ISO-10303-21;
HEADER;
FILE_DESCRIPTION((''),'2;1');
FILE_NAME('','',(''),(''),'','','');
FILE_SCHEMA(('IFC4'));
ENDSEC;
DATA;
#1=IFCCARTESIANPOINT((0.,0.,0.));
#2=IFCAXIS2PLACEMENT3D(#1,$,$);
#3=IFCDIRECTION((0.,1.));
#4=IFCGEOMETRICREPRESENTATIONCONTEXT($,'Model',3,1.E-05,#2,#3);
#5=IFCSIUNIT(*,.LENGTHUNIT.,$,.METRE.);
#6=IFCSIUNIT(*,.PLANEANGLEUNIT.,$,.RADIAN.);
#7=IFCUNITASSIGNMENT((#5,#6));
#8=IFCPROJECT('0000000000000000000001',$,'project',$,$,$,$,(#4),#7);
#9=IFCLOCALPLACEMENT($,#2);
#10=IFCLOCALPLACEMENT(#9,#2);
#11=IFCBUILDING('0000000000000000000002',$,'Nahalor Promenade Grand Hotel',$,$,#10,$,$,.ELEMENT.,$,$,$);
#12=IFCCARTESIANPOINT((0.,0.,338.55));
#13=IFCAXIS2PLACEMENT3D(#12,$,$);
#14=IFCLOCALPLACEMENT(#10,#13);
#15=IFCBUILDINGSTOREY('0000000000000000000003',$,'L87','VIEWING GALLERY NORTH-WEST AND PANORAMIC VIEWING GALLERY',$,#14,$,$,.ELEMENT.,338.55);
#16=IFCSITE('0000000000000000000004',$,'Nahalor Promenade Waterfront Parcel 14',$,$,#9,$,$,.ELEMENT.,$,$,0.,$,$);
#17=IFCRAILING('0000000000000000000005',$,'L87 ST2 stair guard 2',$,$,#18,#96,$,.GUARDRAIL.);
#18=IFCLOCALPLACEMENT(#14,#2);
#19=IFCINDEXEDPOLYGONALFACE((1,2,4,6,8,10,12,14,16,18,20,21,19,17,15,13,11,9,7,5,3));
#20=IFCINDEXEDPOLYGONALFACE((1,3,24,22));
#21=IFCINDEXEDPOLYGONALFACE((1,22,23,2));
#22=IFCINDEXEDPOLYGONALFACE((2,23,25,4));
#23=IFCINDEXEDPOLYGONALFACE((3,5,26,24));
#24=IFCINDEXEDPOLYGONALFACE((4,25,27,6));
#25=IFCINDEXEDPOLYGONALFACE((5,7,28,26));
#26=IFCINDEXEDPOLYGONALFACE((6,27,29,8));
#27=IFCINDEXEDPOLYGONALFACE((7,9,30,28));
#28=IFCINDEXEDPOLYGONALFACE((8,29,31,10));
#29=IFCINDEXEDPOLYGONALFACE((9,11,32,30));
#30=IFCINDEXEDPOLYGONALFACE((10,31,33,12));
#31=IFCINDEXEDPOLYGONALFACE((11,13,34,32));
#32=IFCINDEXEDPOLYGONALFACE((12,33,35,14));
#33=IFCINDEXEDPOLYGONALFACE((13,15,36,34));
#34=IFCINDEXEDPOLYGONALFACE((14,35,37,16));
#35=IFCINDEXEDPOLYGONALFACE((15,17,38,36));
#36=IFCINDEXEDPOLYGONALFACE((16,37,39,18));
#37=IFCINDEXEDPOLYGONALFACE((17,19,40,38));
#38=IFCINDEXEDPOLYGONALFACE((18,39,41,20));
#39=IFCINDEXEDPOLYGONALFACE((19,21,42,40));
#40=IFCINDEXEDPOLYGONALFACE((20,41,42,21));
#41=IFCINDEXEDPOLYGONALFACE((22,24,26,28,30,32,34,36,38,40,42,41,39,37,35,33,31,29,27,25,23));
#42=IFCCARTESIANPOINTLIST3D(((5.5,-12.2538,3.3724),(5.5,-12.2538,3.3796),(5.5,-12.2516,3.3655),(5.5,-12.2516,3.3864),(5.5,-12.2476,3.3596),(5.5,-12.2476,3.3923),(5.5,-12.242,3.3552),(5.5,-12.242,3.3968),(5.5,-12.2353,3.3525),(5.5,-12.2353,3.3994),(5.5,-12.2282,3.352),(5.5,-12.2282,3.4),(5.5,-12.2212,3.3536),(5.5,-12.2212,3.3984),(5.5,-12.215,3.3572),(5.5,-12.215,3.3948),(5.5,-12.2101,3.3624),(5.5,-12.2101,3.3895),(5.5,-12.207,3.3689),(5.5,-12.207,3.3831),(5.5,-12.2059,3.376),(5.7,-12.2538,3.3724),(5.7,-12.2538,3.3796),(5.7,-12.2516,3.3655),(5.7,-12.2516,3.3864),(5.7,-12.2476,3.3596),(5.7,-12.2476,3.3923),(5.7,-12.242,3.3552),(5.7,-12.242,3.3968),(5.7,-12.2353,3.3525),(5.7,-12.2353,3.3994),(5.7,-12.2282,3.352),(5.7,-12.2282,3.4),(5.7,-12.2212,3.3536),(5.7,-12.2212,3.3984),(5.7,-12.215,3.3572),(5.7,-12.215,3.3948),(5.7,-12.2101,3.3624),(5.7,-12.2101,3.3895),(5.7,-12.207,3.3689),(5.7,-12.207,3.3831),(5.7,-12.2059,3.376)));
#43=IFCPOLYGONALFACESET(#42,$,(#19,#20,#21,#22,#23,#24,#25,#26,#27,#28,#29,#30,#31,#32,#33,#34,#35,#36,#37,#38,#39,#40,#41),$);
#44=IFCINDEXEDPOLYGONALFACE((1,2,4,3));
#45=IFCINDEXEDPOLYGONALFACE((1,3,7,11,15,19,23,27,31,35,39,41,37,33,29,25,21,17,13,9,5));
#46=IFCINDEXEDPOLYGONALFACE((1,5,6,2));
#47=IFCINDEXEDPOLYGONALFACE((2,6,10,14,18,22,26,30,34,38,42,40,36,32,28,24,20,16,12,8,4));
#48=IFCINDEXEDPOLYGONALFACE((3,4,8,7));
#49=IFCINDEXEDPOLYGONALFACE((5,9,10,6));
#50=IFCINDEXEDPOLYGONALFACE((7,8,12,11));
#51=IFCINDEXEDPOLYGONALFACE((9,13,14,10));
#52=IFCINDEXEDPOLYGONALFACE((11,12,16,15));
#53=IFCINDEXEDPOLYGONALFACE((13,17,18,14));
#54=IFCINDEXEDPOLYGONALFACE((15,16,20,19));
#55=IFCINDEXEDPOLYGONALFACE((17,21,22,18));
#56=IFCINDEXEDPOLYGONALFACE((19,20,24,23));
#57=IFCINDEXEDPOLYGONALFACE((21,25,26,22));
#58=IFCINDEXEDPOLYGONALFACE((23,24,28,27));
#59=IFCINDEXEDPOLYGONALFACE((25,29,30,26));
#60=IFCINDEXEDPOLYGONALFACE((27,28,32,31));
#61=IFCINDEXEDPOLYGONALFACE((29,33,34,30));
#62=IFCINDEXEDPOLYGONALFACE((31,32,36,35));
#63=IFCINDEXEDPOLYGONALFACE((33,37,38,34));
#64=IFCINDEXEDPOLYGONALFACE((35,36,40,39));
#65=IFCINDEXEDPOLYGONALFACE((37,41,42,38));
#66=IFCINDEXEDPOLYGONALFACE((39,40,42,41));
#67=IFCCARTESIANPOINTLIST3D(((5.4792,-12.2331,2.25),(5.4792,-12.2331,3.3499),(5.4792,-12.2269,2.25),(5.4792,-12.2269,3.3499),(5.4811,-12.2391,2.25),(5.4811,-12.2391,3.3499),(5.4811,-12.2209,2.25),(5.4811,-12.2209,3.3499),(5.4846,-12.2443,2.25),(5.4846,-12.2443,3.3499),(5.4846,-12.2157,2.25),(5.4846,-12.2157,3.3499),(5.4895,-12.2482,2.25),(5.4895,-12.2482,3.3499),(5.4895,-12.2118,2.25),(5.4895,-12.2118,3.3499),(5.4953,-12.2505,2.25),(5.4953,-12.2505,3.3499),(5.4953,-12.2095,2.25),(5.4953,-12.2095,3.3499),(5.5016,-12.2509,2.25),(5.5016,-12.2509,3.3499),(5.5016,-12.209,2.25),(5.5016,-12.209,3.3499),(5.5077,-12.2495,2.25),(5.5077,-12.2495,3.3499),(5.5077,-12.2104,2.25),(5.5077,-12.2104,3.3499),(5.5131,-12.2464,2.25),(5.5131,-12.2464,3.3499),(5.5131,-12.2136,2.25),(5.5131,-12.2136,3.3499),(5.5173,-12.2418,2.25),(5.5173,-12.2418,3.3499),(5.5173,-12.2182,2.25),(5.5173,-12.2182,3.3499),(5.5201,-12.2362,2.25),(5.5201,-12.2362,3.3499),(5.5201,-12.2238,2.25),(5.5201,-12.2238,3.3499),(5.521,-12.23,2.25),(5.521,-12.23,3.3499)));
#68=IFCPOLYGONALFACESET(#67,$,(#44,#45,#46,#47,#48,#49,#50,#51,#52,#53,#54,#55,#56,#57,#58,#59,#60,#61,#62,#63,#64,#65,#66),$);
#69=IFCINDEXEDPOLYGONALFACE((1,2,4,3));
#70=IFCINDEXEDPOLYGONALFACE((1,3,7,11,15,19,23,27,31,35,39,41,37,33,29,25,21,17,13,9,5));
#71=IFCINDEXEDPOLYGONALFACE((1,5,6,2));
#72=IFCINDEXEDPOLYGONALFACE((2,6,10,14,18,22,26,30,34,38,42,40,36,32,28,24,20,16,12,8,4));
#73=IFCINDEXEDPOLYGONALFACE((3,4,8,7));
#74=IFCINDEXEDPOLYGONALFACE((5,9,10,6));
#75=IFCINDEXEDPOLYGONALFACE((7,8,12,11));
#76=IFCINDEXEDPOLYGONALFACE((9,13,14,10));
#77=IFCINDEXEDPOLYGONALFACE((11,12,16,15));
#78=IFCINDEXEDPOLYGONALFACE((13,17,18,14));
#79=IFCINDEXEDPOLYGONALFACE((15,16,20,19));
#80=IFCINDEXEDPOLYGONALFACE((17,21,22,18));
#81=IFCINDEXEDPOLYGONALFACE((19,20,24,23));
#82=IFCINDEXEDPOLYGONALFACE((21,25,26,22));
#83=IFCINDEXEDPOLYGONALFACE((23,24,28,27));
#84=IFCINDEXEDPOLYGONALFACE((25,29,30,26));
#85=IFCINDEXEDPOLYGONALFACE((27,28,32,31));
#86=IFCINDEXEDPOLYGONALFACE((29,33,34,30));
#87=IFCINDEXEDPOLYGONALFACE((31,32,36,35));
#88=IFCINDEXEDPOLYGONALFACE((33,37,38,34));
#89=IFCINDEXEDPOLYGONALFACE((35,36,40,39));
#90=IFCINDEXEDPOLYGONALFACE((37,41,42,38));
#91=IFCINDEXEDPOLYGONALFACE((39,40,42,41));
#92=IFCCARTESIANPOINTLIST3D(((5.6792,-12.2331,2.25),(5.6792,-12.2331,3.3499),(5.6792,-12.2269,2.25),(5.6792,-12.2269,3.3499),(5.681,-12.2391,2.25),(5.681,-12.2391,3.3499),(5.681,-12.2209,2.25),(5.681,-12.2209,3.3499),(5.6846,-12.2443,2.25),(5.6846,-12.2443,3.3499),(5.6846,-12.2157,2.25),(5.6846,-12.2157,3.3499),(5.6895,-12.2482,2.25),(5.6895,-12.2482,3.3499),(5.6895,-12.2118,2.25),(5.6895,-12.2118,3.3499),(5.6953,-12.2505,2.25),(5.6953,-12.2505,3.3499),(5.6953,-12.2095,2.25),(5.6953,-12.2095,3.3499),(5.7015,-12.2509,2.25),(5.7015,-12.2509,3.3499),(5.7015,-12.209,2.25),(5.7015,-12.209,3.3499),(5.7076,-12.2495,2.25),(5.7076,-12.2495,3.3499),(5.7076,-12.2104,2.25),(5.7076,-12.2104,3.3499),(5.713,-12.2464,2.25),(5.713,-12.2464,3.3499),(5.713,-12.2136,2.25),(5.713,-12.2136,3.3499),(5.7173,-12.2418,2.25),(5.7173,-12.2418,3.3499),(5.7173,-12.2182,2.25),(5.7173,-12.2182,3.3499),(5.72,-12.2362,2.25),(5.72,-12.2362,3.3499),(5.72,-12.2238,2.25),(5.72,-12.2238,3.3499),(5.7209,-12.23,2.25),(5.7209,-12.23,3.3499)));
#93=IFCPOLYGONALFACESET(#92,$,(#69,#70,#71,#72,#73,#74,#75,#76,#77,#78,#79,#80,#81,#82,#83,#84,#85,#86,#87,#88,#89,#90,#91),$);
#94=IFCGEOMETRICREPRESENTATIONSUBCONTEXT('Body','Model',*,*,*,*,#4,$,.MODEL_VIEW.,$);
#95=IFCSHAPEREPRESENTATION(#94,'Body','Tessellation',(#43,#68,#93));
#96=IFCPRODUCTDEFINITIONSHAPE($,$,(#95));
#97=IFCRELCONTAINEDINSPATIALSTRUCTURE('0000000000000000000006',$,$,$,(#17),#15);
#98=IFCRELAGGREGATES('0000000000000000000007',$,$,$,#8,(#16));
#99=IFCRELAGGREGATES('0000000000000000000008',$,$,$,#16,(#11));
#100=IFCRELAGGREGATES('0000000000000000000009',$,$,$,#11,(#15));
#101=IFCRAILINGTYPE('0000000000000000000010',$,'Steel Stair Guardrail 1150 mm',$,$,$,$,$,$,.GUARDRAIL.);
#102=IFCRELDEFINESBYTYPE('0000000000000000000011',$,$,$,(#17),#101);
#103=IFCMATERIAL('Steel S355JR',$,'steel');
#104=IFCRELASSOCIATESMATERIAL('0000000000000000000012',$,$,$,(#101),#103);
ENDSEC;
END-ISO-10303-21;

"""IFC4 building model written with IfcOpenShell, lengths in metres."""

from ifc_helpers import new_model, si_unit, direction, frame, origin, origin_2d, place, context, subcontext, project, spatial, circle, extrude, material, type_object, element, save


model = new_model("IFC4")

# Units and contexts
model_context = context("Model", 3, precision=1e-05, world=origin(), true_north=direction((0.0, 1.0)))
body_context = subcontext(model_context, "Body", "Model", "MODEL_VIEW")
ifc_project = project(units=[si_unit("LENGTHUNIT", "METRE"), si_unit("PLANEANGLEUNIT", "RADIAN")], contexts=[model_context])

# Site, building, storey
site_placement = place(None, origin())
site = spatial("IfcSite", under=ifc_project, at=site_placement, Name="Nahalor Promenade Waterfront Parcel 14", CompositionType="ELEMENT", RefElevation=0.0)
building_placement = place(site_placement, origin())
building = spatial("IfcBuilding", under=site, at=building_placement, Name="Nahalor Promenade Grand Hotel", CompositionType="ELEMENT")
storey_placement = place(building_placement, frame((0.0, 0.0, 338.55)))
storey = spatial("IfcBuildingStorey", under=building, at=storey_placement, Name="L87", Description="VIEWING GALLERY NORTH-WEST AND PANORAMIC VIEWING GALLERY", CompositionType="ELEMENT", Elevation=338.55)

# Shared definitions
ifc_material_1 = material(Name="Steel S355JR", Category="steel")

# Railing
railing_type_1 = type_object("IfcRailingType", Name="Steel Stair Guardrail 1150 mm", PredefinedType="GUARDRAIL", material=ifc_material_1)
railing_1_placement = place(storey_placement, frame((5.5, -12.23, 2.25)))
element("IfcRailing", 1, at=railing_1_placement, inside=storey, type_object=railing_type_1, Name="L87 ST2 stair guard 2", PredefinedType="GUARDRAIL", context=body_context, shape_type="SweptSolid", body=[
    extrude(circle(Radius=0.024, at=origin_2d()), frame((0.0, 0.0, 1.126), z_axis=(1.0, 0.0, 0.0), x_axis=(0.0, 1.0, 0.0)), (0.0, 0.0, 1.0), 0.2),
    extrude(circle(Radius=0.021, at=origin_2d()), origin(), (0.0, 0.0, 1.0), 1.0999),
    extrude(circle(Radius=0.021, at=origin_2d()), frame((0.2, 0.0, 0.0)), (0.0, 0.0, 1.0), 1.0999),
])

save(model, "model.ifc")
